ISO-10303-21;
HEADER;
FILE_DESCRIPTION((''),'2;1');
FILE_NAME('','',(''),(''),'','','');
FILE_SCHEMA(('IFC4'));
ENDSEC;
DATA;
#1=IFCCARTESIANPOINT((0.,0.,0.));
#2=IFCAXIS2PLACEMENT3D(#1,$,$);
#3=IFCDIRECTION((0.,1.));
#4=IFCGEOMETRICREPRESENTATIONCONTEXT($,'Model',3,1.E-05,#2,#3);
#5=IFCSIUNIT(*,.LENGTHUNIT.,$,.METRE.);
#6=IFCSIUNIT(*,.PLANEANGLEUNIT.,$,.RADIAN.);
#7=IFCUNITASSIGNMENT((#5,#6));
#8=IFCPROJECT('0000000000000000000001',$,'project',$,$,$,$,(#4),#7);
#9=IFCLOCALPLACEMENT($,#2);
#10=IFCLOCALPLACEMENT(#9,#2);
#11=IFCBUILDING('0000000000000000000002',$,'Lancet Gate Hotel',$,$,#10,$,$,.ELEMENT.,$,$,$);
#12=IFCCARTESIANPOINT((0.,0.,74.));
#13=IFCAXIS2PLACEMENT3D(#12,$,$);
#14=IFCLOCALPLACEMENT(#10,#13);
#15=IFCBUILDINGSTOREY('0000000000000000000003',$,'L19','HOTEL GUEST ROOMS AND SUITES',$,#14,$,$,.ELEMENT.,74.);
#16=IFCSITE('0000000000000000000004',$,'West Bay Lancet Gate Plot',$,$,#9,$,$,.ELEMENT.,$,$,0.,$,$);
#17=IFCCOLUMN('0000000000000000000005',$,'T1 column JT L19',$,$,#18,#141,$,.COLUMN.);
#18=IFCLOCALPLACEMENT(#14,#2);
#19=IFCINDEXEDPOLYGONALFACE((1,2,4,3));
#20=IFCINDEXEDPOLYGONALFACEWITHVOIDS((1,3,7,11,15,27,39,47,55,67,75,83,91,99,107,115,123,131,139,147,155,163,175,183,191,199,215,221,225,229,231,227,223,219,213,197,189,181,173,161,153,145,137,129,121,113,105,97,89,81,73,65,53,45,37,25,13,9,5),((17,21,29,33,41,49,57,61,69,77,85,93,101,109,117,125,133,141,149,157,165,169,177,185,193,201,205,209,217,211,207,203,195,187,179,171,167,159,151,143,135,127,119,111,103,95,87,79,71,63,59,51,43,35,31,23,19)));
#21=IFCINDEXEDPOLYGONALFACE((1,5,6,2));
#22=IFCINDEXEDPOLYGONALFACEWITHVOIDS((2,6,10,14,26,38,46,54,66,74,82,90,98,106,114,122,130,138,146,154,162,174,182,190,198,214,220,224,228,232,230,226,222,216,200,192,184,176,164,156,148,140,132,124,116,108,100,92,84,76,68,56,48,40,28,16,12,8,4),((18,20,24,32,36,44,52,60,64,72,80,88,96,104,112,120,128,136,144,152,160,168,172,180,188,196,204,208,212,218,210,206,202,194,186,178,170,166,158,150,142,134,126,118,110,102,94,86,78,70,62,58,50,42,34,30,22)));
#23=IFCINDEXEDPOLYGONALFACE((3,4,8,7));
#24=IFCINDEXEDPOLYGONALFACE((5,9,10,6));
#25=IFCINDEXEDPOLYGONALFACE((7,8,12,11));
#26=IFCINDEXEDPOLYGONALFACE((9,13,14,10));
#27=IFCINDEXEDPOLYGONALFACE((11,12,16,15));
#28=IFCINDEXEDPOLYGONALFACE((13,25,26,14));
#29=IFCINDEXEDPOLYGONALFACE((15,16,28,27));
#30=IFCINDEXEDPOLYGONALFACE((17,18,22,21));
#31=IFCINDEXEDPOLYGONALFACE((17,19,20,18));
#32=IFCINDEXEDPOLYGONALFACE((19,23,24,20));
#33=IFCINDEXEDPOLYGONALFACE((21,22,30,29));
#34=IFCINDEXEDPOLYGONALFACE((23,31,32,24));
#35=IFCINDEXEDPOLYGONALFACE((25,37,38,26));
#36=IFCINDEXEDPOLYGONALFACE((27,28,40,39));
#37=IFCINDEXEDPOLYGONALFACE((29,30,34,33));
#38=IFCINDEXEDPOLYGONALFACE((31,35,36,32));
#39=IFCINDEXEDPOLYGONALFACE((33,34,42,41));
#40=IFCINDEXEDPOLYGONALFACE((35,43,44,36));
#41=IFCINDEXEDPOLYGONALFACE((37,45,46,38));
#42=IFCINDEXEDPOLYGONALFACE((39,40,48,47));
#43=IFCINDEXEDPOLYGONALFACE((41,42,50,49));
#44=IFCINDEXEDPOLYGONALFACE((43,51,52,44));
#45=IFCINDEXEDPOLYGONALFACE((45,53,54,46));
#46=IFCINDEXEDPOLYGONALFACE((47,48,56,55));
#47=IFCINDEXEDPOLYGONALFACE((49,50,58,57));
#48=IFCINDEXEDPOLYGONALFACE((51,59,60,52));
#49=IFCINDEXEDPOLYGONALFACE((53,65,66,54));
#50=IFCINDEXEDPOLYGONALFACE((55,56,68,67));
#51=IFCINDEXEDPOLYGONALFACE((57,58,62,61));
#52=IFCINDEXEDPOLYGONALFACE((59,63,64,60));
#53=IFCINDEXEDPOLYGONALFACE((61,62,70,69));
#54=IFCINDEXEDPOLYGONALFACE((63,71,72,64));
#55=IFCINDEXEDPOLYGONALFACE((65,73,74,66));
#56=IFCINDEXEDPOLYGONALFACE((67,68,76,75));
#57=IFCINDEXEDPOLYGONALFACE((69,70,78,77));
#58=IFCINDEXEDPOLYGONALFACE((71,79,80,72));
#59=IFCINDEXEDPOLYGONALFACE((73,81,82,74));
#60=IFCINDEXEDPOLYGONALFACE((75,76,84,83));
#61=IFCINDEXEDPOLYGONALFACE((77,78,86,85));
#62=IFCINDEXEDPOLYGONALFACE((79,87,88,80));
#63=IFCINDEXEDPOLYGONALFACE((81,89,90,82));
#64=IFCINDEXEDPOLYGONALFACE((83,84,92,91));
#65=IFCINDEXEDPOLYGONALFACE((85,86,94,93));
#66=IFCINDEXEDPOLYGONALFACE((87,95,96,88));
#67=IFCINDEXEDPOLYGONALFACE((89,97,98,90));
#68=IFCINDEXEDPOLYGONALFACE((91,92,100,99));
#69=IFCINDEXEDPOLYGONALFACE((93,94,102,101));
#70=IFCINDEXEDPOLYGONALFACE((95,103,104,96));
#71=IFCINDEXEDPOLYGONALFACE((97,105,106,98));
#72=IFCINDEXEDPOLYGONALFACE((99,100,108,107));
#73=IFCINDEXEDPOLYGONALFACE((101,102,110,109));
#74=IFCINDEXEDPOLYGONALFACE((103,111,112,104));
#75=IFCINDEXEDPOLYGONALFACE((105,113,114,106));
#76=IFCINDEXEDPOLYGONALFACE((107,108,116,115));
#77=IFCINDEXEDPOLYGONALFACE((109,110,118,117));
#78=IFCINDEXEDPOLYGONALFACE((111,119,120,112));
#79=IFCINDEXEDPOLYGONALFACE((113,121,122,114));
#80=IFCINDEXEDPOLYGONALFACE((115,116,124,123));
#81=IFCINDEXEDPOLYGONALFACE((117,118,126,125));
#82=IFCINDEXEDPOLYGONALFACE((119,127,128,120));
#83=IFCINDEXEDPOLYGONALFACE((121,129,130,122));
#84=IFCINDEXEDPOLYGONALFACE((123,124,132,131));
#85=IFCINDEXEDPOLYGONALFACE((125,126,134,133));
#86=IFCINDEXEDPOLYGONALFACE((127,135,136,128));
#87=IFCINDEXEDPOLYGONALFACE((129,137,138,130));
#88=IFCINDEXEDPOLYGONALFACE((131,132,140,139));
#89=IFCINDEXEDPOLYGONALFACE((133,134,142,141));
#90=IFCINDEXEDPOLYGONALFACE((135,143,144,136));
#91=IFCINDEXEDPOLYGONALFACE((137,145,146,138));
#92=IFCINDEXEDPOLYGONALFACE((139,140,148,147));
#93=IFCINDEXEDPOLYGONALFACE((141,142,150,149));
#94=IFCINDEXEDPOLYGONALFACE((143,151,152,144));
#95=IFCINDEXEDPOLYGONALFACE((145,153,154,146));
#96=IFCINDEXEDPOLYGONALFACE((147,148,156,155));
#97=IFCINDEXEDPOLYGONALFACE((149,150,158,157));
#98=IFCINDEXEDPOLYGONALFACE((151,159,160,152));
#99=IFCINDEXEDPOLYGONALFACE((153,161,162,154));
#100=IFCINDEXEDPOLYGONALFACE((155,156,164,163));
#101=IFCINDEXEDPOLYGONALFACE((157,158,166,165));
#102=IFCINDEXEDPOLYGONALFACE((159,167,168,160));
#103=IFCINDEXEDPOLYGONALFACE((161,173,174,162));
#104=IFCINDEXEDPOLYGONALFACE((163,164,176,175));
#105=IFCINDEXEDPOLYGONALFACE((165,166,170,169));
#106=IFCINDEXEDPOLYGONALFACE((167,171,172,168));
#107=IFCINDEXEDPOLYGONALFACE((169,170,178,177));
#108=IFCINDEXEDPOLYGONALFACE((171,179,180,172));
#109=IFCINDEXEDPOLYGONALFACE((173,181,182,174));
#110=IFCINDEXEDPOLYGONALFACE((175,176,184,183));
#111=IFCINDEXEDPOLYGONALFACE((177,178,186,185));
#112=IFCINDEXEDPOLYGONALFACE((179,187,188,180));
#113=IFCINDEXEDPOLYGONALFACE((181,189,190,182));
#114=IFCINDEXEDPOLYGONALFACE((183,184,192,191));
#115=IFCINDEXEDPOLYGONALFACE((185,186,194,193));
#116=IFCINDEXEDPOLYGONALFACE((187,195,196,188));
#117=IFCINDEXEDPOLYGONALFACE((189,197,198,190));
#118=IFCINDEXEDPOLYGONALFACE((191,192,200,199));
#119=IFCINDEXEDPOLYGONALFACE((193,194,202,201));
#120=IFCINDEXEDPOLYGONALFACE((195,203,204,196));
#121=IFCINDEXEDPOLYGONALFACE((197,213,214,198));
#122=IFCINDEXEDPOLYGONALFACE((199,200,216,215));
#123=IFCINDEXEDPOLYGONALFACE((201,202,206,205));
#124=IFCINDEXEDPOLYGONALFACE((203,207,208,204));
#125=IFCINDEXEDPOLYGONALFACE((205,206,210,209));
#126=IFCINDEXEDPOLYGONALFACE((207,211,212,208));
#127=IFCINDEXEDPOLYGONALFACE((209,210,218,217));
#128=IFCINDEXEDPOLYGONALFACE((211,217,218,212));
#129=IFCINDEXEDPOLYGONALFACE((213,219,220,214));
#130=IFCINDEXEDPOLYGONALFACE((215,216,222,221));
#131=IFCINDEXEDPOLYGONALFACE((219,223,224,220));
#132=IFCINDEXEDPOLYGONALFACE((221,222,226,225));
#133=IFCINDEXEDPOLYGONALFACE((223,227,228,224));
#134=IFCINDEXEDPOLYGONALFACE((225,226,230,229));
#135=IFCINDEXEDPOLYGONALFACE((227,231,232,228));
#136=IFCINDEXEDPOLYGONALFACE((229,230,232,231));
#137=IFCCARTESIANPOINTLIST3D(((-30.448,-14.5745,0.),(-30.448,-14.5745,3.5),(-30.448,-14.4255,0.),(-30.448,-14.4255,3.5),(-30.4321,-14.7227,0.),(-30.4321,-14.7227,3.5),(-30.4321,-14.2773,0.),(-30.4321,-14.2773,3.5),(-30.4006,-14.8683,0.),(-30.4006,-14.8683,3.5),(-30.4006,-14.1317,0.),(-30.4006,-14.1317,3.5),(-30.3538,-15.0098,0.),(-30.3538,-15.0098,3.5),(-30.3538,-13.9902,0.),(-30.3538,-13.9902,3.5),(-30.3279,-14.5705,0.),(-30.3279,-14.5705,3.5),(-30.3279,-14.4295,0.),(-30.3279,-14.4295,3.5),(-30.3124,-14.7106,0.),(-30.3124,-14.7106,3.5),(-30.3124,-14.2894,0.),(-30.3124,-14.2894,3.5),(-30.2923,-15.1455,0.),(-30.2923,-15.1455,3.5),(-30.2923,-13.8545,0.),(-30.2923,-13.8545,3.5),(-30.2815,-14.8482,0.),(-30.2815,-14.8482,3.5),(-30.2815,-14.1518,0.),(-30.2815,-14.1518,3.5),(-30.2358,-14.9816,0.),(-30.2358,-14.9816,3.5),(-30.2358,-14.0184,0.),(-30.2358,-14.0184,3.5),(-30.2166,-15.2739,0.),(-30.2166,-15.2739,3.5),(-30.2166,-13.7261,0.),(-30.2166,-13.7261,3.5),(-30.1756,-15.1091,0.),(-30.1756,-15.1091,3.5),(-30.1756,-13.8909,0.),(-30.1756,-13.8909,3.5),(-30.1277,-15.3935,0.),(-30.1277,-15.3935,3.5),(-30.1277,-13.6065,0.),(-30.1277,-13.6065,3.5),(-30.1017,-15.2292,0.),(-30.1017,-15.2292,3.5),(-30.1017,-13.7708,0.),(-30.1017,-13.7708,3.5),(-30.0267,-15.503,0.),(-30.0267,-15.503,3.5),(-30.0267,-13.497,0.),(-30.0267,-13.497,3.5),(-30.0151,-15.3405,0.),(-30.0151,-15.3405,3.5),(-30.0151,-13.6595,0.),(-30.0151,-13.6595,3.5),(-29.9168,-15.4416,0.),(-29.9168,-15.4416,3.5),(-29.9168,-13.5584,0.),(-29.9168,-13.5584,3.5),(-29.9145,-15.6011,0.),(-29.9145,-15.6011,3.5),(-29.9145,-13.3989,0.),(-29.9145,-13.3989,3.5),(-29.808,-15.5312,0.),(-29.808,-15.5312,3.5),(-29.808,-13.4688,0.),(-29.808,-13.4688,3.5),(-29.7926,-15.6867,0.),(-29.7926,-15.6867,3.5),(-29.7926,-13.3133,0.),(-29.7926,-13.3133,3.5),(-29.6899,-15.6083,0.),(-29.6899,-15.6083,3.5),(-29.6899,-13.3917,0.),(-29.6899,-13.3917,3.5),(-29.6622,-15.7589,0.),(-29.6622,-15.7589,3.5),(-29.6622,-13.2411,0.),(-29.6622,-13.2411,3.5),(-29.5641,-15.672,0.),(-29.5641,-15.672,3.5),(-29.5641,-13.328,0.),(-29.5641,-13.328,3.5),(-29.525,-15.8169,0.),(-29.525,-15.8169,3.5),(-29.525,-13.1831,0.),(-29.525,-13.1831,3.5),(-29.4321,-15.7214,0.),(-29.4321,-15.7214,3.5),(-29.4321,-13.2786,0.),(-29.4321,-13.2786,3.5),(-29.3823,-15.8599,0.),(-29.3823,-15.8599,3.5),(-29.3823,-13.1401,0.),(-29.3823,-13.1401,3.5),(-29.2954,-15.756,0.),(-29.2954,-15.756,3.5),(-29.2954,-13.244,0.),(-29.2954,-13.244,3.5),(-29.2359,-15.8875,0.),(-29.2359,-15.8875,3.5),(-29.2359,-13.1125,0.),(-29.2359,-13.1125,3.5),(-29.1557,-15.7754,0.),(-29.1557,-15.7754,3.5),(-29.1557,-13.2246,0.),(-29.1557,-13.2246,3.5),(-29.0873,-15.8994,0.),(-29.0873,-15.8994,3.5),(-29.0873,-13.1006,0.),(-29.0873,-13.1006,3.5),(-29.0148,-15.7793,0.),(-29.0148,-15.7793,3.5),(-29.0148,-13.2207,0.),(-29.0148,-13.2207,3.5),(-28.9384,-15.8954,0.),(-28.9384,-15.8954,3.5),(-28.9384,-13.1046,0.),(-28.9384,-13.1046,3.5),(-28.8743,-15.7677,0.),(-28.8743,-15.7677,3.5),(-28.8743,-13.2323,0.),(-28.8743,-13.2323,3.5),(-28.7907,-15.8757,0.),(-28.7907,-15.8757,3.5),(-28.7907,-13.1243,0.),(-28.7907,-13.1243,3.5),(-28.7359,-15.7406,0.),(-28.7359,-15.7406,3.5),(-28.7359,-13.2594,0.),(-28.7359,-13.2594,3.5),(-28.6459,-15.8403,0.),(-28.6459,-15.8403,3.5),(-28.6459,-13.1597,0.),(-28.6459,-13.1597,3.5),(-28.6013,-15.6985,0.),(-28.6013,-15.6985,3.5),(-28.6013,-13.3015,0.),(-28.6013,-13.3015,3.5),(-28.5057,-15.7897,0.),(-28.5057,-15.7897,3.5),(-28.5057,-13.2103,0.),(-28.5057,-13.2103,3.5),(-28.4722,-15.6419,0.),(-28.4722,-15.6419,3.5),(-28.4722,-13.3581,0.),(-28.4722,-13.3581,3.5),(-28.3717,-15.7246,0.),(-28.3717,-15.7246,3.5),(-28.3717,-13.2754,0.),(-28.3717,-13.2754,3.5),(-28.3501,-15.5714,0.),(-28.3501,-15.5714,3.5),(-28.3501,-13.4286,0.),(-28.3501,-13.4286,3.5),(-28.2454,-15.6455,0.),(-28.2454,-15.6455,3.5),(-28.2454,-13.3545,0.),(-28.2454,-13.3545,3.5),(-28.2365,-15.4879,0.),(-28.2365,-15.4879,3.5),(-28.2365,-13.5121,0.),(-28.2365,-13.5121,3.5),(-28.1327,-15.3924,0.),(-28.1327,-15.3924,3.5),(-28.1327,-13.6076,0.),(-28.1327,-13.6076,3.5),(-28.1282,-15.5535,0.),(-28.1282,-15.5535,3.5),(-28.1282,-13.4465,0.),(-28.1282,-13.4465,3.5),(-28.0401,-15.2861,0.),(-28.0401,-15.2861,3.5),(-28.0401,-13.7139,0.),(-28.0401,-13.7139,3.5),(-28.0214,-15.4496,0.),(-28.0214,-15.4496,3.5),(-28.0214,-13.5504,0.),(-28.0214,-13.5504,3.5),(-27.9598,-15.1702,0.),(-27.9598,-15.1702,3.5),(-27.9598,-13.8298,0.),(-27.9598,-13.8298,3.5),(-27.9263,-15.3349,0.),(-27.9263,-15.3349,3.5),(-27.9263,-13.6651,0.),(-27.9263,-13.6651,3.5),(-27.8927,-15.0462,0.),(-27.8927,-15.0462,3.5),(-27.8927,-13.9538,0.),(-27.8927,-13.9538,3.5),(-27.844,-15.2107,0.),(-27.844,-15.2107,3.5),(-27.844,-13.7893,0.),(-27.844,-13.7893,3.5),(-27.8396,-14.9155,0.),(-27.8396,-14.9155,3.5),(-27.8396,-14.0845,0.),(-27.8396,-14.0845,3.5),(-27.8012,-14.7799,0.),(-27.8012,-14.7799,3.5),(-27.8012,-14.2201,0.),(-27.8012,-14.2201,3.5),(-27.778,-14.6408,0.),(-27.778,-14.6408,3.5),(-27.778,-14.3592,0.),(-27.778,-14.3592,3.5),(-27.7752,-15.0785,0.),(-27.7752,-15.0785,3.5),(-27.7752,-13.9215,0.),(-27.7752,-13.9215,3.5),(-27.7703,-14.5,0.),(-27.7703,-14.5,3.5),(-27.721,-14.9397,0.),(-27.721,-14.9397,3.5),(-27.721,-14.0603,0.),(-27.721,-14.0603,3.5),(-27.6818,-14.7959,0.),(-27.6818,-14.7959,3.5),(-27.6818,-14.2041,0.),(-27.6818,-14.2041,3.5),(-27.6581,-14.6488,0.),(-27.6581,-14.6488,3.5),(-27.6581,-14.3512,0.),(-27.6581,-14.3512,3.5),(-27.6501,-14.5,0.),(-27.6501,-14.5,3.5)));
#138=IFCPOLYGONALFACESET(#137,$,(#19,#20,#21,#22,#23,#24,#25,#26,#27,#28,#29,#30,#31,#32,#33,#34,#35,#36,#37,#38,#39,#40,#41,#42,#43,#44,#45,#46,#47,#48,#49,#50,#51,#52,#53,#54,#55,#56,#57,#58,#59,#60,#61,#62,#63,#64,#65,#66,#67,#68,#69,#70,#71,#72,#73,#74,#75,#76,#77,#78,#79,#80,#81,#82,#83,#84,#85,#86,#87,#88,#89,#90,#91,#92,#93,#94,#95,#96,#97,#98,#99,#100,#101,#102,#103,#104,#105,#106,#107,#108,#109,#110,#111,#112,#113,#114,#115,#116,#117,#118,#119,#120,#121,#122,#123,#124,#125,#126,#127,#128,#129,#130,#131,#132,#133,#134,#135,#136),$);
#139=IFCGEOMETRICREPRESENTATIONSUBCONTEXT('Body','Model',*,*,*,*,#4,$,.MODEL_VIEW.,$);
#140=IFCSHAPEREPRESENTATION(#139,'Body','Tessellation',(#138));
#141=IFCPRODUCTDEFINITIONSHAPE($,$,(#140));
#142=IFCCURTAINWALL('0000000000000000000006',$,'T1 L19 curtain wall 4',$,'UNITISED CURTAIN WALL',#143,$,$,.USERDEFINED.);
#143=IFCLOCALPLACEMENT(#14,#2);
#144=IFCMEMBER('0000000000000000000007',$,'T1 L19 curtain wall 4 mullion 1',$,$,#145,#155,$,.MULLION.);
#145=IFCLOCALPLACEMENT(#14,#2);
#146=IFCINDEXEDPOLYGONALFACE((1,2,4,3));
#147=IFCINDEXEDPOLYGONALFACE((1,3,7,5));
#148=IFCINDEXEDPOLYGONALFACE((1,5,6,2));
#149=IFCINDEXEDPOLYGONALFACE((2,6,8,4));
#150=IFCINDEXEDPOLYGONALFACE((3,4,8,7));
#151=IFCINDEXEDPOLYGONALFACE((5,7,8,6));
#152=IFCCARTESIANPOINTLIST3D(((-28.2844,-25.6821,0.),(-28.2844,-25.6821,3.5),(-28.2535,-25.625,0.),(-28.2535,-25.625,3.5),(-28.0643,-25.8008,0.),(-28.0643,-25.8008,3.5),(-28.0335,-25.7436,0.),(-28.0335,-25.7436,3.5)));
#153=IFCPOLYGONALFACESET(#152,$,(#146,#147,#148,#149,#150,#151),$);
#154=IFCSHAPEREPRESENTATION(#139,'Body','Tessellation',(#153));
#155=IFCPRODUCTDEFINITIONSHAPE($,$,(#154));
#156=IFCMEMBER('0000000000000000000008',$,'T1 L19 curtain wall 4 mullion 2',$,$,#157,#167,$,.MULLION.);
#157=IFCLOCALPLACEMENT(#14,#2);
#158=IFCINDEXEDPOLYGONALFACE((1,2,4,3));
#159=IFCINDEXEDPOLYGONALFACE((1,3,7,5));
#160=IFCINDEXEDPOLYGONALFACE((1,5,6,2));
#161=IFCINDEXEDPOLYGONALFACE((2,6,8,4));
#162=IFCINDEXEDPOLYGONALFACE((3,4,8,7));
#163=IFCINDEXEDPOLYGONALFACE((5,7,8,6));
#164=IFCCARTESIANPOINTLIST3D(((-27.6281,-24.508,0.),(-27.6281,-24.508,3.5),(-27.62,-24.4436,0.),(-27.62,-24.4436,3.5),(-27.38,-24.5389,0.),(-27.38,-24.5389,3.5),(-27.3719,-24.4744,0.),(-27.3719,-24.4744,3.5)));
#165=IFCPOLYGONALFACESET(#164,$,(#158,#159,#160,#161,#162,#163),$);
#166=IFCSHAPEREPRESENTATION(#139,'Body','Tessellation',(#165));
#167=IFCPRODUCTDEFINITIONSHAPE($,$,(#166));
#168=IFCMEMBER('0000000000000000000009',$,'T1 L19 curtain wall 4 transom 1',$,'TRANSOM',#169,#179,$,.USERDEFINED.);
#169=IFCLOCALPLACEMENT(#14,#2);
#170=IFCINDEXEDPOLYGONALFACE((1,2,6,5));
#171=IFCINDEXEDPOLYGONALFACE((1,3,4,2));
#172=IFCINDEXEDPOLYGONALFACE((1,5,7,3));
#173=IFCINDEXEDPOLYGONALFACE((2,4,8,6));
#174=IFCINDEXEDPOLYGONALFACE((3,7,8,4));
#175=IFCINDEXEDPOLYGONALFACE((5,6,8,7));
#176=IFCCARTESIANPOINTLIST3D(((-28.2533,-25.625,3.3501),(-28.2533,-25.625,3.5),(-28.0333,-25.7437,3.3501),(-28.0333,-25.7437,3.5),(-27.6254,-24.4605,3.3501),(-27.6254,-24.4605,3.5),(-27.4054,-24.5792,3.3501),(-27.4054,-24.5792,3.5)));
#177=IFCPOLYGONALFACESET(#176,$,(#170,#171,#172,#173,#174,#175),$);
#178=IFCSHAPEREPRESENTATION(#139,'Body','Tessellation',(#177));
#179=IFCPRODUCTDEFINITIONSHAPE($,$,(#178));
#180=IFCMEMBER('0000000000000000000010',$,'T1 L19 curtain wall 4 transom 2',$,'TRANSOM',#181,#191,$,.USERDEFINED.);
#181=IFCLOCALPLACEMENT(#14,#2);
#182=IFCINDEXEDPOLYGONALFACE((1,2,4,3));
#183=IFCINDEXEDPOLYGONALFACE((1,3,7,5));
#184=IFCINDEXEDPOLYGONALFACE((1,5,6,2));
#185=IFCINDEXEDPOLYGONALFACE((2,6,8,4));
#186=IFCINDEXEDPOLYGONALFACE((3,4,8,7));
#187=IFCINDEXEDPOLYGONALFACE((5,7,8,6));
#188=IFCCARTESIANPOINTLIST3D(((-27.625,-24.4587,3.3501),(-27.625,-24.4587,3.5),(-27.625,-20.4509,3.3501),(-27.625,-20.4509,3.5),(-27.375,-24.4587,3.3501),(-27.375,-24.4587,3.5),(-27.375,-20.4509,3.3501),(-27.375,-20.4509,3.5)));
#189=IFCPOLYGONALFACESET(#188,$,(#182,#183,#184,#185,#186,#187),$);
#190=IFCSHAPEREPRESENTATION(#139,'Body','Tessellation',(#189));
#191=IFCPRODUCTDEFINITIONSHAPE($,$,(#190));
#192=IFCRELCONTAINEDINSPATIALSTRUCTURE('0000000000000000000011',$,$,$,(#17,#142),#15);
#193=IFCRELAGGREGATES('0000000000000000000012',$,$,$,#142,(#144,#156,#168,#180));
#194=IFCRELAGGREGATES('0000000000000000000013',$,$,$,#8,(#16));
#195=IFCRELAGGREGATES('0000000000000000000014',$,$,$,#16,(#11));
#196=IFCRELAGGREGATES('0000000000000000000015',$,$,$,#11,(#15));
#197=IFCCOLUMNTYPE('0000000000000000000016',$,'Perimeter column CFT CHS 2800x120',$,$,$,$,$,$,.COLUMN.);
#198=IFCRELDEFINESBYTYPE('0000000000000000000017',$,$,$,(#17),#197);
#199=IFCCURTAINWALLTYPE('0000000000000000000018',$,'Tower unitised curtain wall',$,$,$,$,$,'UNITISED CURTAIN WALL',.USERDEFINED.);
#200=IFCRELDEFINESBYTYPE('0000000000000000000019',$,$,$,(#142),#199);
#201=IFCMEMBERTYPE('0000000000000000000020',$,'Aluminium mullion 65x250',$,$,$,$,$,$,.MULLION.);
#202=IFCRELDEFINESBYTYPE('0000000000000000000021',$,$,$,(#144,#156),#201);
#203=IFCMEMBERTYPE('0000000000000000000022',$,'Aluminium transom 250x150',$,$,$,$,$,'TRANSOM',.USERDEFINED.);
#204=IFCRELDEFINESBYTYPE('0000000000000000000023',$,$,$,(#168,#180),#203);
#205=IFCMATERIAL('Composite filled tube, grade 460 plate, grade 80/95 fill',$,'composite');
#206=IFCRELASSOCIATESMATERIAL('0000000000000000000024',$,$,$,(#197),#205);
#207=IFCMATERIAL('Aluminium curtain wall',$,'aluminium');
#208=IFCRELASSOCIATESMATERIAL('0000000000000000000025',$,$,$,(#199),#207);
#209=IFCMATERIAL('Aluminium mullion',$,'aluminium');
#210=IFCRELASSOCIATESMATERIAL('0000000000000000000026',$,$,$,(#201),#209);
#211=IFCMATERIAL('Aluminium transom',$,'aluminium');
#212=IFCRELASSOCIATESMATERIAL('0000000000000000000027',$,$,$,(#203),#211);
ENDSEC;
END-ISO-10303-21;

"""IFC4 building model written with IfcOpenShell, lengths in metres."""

from ifc_helpers import new_model, si_unit, direction, frame, origin, origin_2d, place, context, subcontext, project, spatial, rectangle, hollow_circle, extrude, material, material_profile, profile_set, type_object, element, aggregate, save


model = new_model("IFC4")

# Units and contexts
model_context = context("Model", 3, precision=1e-05, world=origin(), true_north=direction((0.0, 1.0)))
body_context = subcontext(model_context, "Body", "Model", "MODEL_VIEW")
ifc_project = project(units=[si_unit("LENGTHUNIT", "METRE"), si_unit("PLANEANGLEUNIT", "RADIAN")], contexts=[model_context])

# Site, building, storey
site_placement = place(None, origin())
site = spatial("IfcSite", under=ifc_project, at=site_placement, Name="West Bay Lancet Gate Plot", CompositionType="ELEMENT", RefElevation=0.0)
building_placement = place(site_placement, origin())
building = spatial("IfcBuilding", under=site, at=building_placement, Name="Lancet Gate Hotel", CompositionType="ELEMENT")
storey_placement = place(building_placement, frame((0.0, 0.0, 74.0)))
storey = spatial("IfcBuildingStorey", under=building, at=storey_placement, Name="L19", Description="HOTEL GUEST ROOMS AND SUITES", CompositionType="ELEMENT", Elevation=74.0)

# Column
ifc_material_1 = material(Name="Composite filled tube, grade 460 plate, grade 80/95 fill", Category="composite")
ifc_material_profile_1 = material_profile(ifc_material_1, hollow_circle(Radius=1.3999, WallThickness=0.1201, at=origin_2d()), Name="CHS 2800x120")
ifc_profile_set_1 = profile_set([ifc_material_profile_1], Name="Composite filled tube, grade 460 plate, grade 80/95 fill")
column_type = type_object("IfcColumnType", Name="Perimeter column CFT CHS 2800x120", PredefinedType="COLUMN", material=ifc_profile_set_1)
for number, where, z_axis, x_axis, name in (
    (1, (-29.05, -14.5, 0.0), (0.0, 0.0, 1.0), (1.0, 0.0, 0.0), "T1 column JT L19"),
):
    element("IfcColumn", number, at=place(storey_placement, frame(where, z_axis=z_axis, x_axis=x_axis)), inside=storey, type_object=column_type, Name=name, PredefinedType="COLUMN", context=body_context, shape_type="SweptSolid", body=[
        extrude(hollow_circle(Radius=1.3999, WallThickness=0.1201, at=origin_2d()), origin(), (0.0, 0.0, 1.0), 3.5),
    ])

# Curtain wall, members
ifc_material_2 = material(Name="Aluminium curtain wall", Category="aluminium")
curtain_wall_type = type_object("IfcCurtainWallType", Name="Tower unitised curtain wall", ElementType="UNITISED CURTAIN WALL", PredefinedType="USERDEFINED", material=ifc_material_2)
curtain_wall_placement = place(storey_placement, origin())
curtain_wall = element("IfcCurtainWall", 2, at=curtain_wall_placement, inside=storey, type_object=curtain_wall_type, Name="T1 L19 curtain wall 4", ObjectType="UNITISED CURTAIN WALL", PredefinedType="USERDEFINED")
ifc_material_3 = material(Name="Aluminium mullion", Category="aluminium")
ifc_material_profile_2 = material_profile(ifc_material_3, rectangle(XDim=0.0649, YDim=0.25, at=origin_2d()), Name="MULLION 65x250")
ifc_profile_set_2 = profile_set([ifc_material_profile_2], Name="Aluminium mullion")
member_type_1 = type_object("IfcMemberType", Name="Aluminium mullion 65x250", PredefinedType="MULLION", material=ifc_profile_set_2)
member_1_placement = place(storey_placement, frame((-28.1589, -25.7129, 0.0), z_axis=(0.0, 0.0, 1.0), x_axis=(0.474631, 0.880185, 0.0)))
member_1 = element("IfcMember", 3, at=member_1_placement, type_object=member_type_1, Name="T1 L19 curtain wall 4 mullion 1", PredefinedType="MULLION", context=body_context, shape_type="SweptSolid", body=[
    extrude(rectangle(XDim=0.0649, YDim=0.25, at=origin_2d()), origin(), (0.0, 0.0, 1.0), 3.5),
])
member_2_placement = place(storey_placement, frame((-27.5, -24.4912, 0.0), z_axis=(0.0, 0.0, 1.0), x_axis=(0.123483, 0.992347, 0.0)))
member_2 = element("IfcMember", 4, at=member_2_placement, type_object=member_type_1, Name="T1 L19 curtain wall 4 mullion 2", PredefinedType="MULLION", context=body_context, shape_type="SweptSolid", body=[
    extrude(rectangle(XDim=0.0649, YDim=0.25, at=origin_2d()), origin(), (0.0, 0.0, 1.0), 3.5),
])
ifc_material_4 = material(Name="Aluminium transom", Category="aluminium")
ifc_material_profile_3 = material_profile(ifc_material_4, rectangle(XDim=0.25, YDim=0.1499, at=origin_2d()), Name="TRANSOM 250x150")
ifc_profile_set_3 = profile_set([ifc_material_profile_3], Name="Aluminium transom")
member_type_2 = type_object("IfcMemberType", Name="Aluminium transom 250x150", ElementType="TRANSOM", PredefinedType="USERDEFINED", material=ifc_profile_set_3)
member_3_placement = place(storey_placement, frame((-28.1433, -25.6843, 3.425), z_axis=(0.474606, 0.880198, 0.0), x_axis=(-0.880198, 0.474606, 0.0)))
member_3 = element("IfcMember", 5, at=member_3_placement, type_object=member_type_2, Name="T1 L19 curtain wall 4 transom 1", ObjectType="TRANSOM", PredefinedType="USERDEFINED", context=body_context, shape_type="SweptSolid", body=[
    extrude(rectangle(XDim=0.25, YDim=0.1499, at=origin_2d()), origin(), (0.0, 0.0, 1.0), 1.323),
])
member_4_placement = place(storey_placement, frame((-27.5, -24.4587, 3.425), z_axis=(0.0, 1.0, 0.0), x_axis=(-1.0, 0.0, 0.0)))
member_4 = element("IfcMember", 6, at=member_4_placement, type_object=member_type_2, Name="T1 L19 curtain wall 4 transom 2", ObjectType="TRANSOM", PredefinedType="USERDEFINED", context=body_context, shape_type="SweptSolid", body=[
    extrude(rectangle(XDim=0.25, YDim=0.1499, at=origin_2d()), origin(), (0.0, 0.0, 1.0), 4.0078),
])

aggregate(curtain_wall, [member_1, member_2, member_3, member_4])

save(model, "model.ifc")
